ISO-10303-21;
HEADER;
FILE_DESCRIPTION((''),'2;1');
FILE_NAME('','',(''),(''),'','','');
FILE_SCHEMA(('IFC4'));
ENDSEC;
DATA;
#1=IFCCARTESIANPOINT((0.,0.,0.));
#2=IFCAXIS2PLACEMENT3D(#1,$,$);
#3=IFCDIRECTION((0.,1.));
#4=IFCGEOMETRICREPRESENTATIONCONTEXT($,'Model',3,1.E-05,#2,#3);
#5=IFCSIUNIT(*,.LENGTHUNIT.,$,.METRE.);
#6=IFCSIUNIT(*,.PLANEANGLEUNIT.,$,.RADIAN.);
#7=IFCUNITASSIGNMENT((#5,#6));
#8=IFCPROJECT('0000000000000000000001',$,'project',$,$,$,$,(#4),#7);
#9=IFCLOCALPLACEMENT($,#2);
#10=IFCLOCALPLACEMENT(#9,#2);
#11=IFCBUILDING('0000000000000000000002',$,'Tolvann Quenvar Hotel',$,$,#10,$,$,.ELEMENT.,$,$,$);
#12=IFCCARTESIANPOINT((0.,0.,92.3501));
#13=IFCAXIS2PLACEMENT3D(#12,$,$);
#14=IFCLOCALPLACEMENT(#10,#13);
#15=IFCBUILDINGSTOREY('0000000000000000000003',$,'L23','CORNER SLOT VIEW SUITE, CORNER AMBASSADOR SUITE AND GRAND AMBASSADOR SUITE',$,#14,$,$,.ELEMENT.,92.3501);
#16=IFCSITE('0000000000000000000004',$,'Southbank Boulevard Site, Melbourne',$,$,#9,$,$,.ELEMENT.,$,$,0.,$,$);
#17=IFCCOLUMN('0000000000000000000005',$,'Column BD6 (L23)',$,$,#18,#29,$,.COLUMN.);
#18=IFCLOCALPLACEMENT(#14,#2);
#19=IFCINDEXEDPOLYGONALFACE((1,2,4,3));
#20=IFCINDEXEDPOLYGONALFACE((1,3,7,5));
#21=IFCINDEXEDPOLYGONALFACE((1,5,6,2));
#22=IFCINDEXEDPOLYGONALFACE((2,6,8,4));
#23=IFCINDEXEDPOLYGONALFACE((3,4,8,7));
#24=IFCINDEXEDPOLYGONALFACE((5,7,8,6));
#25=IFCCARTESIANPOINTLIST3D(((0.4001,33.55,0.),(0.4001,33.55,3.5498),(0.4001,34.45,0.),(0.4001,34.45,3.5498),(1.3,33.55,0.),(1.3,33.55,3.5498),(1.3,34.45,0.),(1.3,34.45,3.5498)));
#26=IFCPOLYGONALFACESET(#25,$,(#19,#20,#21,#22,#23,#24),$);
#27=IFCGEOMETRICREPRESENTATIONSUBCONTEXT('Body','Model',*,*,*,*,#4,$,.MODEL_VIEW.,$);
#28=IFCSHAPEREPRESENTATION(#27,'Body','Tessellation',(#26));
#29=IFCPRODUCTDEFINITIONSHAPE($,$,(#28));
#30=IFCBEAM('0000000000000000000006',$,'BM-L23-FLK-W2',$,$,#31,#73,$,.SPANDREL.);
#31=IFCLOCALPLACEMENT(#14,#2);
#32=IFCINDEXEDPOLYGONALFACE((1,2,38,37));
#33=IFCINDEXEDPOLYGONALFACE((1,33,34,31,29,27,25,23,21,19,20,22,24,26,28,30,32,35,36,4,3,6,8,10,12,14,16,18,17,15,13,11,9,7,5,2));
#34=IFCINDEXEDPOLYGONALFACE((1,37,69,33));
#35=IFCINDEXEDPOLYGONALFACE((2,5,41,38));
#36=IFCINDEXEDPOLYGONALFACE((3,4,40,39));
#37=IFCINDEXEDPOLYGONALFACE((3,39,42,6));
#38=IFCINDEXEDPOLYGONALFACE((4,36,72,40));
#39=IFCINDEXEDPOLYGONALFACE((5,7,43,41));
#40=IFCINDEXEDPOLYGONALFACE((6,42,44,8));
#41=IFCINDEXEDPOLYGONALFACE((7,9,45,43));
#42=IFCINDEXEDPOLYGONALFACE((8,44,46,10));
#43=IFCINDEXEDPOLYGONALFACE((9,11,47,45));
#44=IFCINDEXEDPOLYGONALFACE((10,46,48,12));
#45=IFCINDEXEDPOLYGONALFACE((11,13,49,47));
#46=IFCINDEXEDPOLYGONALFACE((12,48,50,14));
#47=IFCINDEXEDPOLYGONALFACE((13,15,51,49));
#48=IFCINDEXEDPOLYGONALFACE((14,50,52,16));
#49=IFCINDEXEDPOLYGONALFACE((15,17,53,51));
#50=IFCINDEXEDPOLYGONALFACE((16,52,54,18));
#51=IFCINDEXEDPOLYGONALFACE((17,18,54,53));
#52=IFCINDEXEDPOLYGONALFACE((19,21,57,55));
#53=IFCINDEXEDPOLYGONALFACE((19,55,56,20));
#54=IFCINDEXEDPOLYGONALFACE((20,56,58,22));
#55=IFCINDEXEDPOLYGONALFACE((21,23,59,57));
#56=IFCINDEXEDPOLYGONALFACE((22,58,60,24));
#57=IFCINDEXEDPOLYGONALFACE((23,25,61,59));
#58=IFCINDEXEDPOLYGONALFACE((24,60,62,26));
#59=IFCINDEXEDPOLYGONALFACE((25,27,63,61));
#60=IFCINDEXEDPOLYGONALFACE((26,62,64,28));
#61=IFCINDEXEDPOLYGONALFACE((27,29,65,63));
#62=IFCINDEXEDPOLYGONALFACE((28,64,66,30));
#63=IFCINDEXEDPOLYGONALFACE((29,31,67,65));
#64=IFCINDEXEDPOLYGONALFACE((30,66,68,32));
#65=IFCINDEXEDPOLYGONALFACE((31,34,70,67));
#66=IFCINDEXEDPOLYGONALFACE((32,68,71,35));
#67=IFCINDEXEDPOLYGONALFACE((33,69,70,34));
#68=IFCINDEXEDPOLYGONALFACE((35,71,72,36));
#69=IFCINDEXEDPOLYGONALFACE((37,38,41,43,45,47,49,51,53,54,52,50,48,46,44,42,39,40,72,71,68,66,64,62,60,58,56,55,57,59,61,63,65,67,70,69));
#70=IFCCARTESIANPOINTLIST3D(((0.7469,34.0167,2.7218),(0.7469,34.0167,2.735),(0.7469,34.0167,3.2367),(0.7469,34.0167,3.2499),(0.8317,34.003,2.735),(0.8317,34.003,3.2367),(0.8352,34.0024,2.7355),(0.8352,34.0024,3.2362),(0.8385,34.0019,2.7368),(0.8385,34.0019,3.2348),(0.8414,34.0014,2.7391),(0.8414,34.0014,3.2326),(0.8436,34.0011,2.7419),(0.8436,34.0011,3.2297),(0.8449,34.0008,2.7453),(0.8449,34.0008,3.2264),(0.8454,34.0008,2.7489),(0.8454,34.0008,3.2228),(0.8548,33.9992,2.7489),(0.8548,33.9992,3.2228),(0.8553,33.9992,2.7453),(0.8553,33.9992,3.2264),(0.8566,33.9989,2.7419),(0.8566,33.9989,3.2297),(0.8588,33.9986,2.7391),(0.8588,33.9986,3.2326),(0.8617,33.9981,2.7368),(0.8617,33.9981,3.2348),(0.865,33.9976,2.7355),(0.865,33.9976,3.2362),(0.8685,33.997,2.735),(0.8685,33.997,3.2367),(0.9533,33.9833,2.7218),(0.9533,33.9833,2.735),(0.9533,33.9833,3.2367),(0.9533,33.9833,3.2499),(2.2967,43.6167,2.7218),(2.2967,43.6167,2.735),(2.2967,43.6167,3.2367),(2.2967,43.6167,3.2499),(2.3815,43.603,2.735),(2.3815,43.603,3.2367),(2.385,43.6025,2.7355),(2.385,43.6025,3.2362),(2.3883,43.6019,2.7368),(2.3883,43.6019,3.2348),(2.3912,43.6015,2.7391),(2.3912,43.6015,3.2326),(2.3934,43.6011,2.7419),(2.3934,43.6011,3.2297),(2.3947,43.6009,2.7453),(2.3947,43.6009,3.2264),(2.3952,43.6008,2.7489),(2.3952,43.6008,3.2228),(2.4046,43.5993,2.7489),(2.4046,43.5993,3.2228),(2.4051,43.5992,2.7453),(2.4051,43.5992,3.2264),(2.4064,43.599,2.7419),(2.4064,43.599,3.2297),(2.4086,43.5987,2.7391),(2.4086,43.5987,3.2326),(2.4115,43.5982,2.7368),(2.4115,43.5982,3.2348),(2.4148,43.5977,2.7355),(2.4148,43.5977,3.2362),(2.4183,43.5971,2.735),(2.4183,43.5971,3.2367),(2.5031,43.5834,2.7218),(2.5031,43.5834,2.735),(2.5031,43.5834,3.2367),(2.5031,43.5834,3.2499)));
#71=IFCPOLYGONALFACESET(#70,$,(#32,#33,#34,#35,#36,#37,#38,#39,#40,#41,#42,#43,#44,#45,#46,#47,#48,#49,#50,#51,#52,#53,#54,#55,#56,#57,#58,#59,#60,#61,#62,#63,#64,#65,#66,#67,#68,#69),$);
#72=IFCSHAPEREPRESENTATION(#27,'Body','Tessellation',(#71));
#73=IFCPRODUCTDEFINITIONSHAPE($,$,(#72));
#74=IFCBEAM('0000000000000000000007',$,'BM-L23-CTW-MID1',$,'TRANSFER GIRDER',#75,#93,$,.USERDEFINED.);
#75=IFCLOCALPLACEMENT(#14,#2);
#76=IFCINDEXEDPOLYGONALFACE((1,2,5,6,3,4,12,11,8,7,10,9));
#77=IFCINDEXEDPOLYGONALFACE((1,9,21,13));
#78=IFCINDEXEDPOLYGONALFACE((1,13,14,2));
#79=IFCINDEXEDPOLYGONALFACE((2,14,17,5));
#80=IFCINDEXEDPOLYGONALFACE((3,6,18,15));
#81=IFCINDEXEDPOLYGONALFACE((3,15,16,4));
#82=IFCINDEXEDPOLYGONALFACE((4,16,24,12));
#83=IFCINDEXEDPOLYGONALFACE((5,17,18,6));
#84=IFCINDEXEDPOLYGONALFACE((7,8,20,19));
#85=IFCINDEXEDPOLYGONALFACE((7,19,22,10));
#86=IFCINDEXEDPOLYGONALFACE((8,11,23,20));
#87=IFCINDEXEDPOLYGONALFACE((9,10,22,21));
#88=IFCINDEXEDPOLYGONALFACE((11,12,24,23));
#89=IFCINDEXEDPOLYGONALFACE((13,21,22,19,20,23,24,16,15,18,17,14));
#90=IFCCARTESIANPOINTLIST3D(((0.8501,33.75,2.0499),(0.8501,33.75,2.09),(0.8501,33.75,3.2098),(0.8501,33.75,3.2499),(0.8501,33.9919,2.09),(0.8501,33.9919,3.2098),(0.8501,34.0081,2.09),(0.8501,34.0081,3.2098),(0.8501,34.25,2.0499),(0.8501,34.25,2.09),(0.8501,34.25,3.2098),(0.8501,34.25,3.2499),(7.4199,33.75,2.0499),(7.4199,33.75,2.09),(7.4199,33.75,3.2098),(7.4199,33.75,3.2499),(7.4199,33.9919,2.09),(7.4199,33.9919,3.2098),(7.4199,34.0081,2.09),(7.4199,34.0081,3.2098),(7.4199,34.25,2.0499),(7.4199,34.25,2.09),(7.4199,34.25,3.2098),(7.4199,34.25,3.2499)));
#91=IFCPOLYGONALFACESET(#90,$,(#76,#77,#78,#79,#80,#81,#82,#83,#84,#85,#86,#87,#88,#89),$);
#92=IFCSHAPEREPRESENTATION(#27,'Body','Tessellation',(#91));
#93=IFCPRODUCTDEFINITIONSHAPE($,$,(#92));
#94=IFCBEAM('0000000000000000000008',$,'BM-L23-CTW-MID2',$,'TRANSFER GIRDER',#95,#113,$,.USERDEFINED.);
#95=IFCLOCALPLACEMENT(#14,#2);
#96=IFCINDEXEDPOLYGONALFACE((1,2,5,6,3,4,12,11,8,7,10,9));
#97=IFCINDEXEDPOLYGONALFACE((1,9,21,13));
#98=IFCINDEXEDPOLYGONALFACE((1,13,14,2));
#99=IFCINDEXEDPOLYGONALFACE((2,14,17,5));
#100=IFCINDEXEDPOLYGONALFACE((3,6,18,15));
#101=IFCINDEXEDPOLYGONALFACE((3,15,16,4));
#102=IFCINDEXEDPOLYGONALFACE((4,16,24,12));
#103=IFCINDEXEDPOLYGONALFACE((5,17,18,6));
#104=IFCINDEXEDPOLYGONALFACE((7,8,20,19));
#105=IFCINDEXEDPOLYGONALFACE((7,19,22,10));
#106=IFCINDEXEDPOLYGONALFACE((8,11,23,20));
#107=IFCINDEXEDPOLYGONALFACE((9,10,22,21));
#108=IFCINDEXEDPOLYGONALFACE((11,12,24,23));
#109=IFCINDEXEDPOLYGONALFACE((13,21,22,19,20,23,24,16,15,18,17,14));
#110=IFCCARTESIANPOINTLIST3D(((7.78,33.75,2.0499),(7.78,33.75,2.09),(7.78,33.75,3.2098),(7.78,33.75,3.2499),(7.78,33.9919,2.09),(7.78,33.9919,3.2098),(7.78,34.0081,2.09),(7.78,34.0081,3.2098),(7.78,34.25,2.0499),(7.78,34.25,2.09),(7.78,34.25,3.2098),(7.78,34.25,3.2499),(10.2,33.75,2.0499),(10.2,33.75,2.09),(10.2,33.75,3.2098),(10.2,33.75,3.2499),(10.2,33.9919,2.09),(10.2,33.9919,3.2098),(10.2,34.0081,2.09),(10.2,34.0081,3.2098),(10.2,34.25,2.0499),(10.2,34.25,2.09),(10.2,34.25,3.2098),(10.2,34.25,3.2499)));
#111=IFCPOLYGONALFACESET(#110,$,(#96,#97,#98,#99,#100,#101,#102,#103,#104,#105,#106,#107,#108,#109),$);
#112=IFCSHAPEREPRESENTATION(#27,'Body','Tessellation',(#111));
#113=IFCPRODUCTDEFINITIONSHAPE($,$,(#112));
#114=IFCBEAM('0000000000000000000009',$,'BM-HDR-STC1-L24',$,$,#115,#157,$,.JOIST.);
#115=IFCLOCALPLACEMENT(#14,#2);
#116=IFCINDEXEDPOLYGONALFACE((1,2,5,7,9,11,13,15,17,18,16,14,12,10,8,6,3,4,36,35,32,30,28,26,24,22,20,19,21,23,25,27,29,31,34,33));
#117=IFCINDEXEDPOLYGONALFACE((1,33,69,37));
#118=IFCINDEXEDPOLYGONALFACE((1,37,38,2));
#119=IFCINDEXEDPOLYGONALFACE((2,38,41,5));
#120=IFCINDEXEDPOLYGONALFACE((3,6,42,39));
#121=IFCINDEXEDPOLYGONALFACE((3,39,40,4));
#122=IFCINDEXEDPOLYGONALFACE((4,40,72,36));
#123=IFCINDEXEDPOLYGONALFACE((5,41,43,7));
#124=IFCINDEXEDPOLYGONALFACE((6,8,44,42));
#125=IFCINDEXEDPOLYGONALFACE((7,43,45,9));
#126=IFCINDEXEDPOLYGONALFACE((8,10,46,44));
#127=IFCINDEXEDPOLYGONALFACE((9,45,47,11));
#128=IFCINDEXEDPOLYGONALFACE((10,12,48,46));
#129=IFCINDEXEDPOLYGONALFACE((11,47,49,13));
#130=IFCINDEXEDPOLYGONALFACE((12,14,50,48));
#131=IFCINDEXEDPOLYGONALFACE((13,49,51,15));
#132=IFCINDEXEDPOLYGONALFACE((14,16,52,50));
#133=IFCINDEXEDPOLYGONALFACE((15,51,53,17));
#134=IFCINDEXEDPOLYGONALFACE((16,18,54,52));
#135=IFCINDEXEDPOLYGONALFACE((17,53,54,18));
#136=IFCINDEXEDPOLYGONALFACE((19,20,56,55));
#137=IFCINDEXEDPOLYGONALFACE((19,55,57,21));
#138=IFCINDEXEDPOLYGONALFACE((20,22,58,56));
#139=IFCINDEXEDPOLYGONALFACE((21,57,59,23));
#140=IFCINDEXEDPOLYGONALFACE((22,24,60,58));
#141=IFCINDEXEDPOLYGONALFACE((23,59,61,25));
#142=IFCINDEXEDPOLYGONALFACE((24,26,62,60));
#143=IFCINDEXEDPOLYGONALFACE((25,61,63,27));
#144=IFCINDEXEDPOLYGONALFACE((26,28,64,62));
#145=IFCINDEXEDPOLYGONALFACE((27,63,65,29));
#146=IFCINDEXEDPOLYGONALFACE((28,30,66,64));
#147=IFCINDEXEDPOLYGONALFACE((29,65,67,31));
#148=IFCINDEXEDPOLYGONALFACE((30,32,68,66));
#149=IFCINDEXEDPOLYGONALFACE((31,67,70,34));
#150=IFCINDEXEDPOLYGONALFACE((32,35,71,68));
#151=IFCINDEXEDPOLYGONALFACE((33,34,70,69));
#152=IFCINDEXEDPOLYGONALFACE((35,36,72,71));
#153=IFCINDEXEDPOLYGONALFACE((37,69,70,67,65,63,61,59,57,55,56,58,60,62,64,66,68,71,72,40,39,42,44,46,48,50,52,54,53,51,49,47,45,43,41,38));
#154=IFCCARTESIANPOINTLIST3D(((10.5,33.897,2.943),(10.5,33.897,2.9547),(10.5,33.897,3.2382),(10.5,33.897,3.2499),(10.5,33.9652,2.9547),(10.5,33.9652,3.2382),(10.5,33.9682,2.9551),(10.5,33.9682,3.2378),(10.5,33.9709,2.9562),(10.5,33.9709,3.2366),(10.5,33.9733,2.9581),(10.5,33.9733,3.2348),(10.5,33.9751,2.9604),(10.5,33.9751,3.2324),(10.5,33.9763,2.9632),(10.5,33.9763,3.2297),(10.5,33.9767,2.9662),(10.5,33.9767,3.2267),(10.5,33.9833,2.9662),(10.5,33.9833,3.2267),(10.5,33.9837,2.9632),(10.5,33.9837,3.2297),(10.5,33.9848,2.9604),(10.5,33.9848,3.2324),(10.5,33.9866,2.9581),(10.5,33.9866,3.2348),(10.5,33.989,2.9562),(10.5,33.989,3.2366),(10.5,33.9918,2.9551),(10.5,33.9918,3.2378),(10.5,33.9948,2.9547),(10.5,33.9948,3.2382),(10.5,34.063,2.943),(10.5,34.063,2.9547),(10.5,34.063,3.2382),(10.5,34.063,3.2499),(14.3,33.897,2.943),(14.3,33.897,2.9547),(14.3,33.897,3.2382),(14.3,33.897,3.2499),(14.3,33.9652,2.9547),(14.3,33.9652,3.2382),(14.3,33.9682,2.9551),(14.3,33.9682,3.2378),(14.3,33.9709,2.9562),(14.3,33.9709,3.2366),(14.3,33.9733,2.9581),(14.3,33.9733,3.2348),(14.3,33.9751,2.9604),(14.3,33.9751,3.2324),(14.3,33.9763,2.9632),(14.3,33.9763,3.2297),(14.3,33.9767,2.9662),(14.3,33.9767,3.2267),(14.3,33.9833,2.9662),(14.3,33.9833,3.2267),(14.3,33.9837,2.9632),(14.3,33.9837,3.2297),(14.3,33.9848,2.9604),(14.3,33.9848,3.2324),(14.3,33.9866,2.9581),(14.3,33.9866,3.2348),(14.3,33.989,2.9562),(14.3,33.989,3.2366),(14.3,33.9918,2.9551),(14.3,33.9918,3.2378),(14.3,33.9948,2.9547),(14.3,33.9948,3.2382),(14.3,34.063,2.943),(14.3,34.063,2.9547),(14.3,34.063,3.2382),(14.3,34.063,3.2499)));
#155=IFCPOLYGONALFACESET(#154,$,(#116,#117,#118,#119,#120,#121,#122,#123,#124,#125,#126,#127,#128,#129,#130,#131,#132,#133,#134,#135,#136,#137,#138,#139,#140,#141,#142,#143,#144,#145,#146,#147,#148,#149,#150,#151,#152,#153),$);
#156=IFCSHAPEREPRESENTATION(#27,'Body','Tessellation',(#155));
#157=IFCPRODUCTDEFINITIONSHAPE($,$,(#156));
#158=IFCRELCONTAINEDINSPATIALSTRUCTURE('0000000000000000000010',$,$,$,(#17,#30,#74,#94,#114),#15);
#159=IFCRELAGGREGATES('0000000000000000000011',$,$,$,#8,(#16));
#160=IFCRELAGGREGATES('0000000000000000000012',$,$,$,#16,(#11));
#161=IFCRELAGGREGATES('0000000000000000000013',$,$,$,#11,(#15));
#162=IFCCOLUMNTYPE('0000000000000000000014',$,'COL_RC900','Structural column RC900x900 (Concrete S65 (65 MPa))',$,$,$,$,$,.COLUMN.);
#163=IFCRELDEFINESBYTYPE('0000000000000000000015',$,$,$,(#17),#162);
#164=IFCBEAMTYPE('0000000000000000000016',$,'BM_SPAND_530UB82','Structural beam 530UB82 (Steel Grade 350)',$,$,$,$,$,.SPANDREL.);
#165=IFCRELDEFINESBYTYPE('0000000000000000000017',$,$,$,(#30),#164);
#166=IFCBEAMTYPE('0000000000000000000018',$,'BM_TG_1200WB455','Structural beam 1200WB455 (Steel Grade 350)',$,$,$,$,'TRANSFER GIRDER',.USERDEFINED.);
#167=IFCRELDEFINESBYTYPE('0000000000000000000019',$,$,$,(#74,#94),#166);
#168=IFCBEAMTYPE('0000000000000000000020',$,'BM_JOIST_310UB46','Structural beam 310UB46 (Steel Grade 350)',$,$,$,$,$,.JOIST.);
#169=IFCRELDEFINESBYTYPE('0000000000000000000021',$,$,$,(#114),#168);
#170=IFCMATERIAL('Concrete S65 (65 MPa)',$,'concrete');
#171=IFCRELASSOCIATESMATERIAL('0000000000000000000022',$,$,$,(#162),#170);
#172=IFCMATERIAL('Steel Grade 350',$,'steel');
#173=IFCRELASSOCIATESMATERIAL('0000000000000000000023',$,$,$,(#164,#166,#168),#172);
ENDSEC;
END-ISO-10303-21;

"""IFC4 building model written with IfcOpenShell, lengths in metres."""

from ifc_helpers import new_model, si_unit, direction, frame, origin, origin_2d, place, context, subcontext, project, spatial, rectangle, i_section, extrude, source, transform, mapped, material, material_profile, profile_set, type_object, type_shapes, element, save


model = new_model("IFC4")

# Units and contexts
model_context = context("Model", 3, precision=1e-05, world=origin(), true_north=direction((0.0, 1.0)))
body_context = subcontext(model_context, "Body", "Model", "MODEL_VIEW")
ifc_project = project(units=[si_unit("LENGTHUNIT", "METRE"), si_unit("PLANEANGLEUNIT", "RADIAN")], contexts=[model_context])

# Site, building, storey
site_placement = place(None, origin())
site = spatial("IfcSite", under=ifc_project, at=site_placement, Name="Southbank Boulevard Site, Melbourne", CompositionType="ELEMENT", RefElevation=0.0)
building_placement = place(site_placement, origin())
building = spatial("IfcBuilding", under=site, at=building_placement, Name="Tolvann Quenvar Hotel", CompositionType="ELEMENT")
storey_placement = place(building_placement, frame((0.0, 0.0, 92.3501)))
storey = spatial("IfcBuildingStorey", under=building, at=storey_placement, Name="L23", Description="CORNER SLOT VIEW SUITE, CORNER AMBASSADOR SUITE AND GRAND AMBASSADOR SUITE", CompositionType="ELEMENT", Elevation=92.3501)

# Column
ifc_material_1 = material(Name="Concrete S65 (65 MPa)", Category="concrete")
ifc_material_profile_1 = material_profile(ifc_material_1, rectangle(XDim=0.8999, YDim=0.8999, at=origin_2d()), Name="RC900x900")
ifc_profile_set_1 = profile_set([ifc_material_profile_1], Name="Concrete S65 (65 MPa)")
column_type = type_object("IfcColumnType", Name="COL_RC900", Description="Structural column RC900x900 (Concrete S65 (65 MPa))", PredefinedType="COLUMN", material=ifc_profile_set_1)
shared_shape_1 = source(origin(), body_context, "Body", "SweptSolid", [
    extrude(rectangle(XDim=0.8999, YDim=0.8999, at=origin_2d()), origin(), (0.0, 0.0, 1.0), 3.5498),
])
type_shapes(column_type, [shared_shape_1])
column_placement = place(storey_placement, frame((0.8501, 34.0, 0.0), z_axis=(0.0, 0.0, 1.0), x_axis=(1.0, 0.0, 0.0)))
element("IfcColumn", 1, at=column_placement, inside=storey, type_object=column_type, Name="Column BD6 (L23)", PredefinedType="COLUMN", context=body_context, shape_type="MappedRepresentation", body=[
    mapped(shared_shape_1, transform((0.0, 0.0, 0.0), x_axis=(1.0, 0.0, 0.0), y_axis=(0.0, 1.0, 0.0), z_axis=(0.0, 0.0, 1.0), scale=1.0)),
])

# Beams
ifc_material_2 = material(Name="Steel Grade 350", Category="steel")
ifc_material_profile_2 = material_profile(ifc_material_2, i_section(OverallWidth=0.209, OverallDepth=0.5281, WebThickness=0.0095, FlangeThickness=0.0132, FilletRadius=0.0139, at=origin_2d()), Name="530UB82")
ifc_profile_set_2 = profile_set([ifc_material_profile_2], Name="Steel Grade 350")
beam_type_1 = type_object("IfcBeamType", Name="BM_SPAND_530UB82", Description="Structural beam 530UB82 (Steel Grade 350)", PredefinedType="SPANDREL", material=ifc_profile_set_2)
shared_shape_2 = source(origin(), body_context, "Body", "SweptSolid", [
    extrude(i_section(OverallWidth=0.209, OverallDepth=0.5281, WebThickness=0.0095, FlangeThickness=0.0132, FilletRadius=0.0139, at=origin_2d()), origin(), (0.0, 0.0, 1.0), 9.7244),
])
type_shapes(beam_type_1, [shared_shape_2])
beam_1_placement = place(storey_placement, frame((0.8501, 34.0, 2.9858), z_axis=(0.159373, 0.987218, 0.0), x_axis=(-0.987218, 0.159373, 0.0)))
element("IfcBeam", 2, at=beam_1_placement, inside=storey, type_object=beam_type_1, Name="BM-L23-FLK-W2", PredefinedType="SPANDREL", context=body_context, shape_type="MappedRepresentation", body=[
    mapped(shared_shape_2, transform((0.0, 0.0, 0.0), x_axis=(1.0, 0.0, 0.0), y_axis=(0.0, 1.0, 0.0), z_axis=(0.0, 0.0, 1.0), scale=1.0)),
])
ifc_material_profile_3 = material_profile(ifc_material_2, i_section(OverallWidth=0.5, OverallDepth=1.2, WebThickness=0.0161, FlangeThickness=0.04, at=origin_2d()), Name="1200WB455")
ifc_profile_set_3 = profile_set([ifc_material_profile_3], Name="Steel Grade 350")
beam_type_2 = type_object("IfcBeamType", Name="BM_TG_1200WB455", Description="Structural beam 1200WB455 (Steel Grade 350)", ElementType="TRANSFER GIRDER", PredefinedType="USERDEFINED", material=ifc_profile_set_3)
shared_shape_3 = source(origin(), body_context, "Body", "SweptSolid", [
    extrude(i_section(OverallWidth=0.5, OverallDepth=1.2, WebThickness=0.0161, FlangeThickness=0.04, at=origin_2d()), origin(), (0.0, 0.0, 1.0), 6.5698),
])
beam_2_placement = place(storey_placement, frame((0.8501, 34.0, 2.6499), z_axis=(1.0, 0.0, 0.0), x_axis=(0.0, 1.0, 0.0)))
element("IfcBeam", 3, at=beam_2_placement, inside=storey, type_object=beam_type_2, Name="BM-L23-CTW-MID1", ObjectType="TRANSFER GIRDER", PredefinedType="USERDEFINED", context=body_context, shape_type="MappedRepresentation", body=[
    mapped(shared_shape_3, transform((0.0, 0.0, 0.0), x_axis=(1.0, 0.0, 0.0), y_axis=(0.0, 1.0, 0.0), z_axis=(0.0, 0.0, 1.0), scale=1.0)),
])
shared_shape_4 = source(origin(), body_context, "Body", "SweptSolid", [
    extrude(i_section(OverallWidth=0.5, OverallDepth=1.2, WebThickness=0.0161, FlangeThickness=0.04, at=origin_2d()), origin(), (0.0, 0.0, 1.0), 2.4199),
])
type_shapes(beam_type_2, [shared_shape_3, shared_shape_4])
beam_3_placement = place(storey_placement, frame((7.78, 34.0, 2.6499), z_axis=(1.0, 0.0, 0.0), x_axis=(0.0, 1.0, 0.0)))
element("IfcBeam", 4, at=beam_3_placement, inside=storey, type_object=beam_type_2, Name="BM-L23-CTW-MID2", ObjectType="TRANSFER GIRDER", PredefinedType="USERDEFINED", context=body_context, shape_type="MappedRepresentation", body=[
    mapped(shared_shape_4, transform((0.0, 0.0, 0.0), x_axis=(1.0, 0.0, 0.0), y_axis=(0.0, 1.0, 0.0), z_axis=(0.0, 0.0, 1.0), scale=1.0)),
])
ifc_material_profile_4 = material_profile(ifc_material_2, i_section(OverallWidth=0.166, OverallDepth=0.3069, WebThickness=0.0066, FlangeThickness=0.0117, FilletRadius=0.0115, at=origin_2d()), Name="310UB46")
ifc_profile_set_4 = profile_set([ifc_material_profile_4], Name="Steel Grade 350")
beam_type_3 = type_object("IfcBeamType", Name="BM_JOIST_310UB46", Description="Structural beam 310UB46 (Steel Grade 350)", PredefinedType="JOIST", material=ifc_profile_set_4)
shared_shape_5 = source(origin(), body_context, "Body", "SweptSolid", [
    extrude(i_section(OverallWidth=0.166, OverallDepth=0.3069, WebThickness=0.0066, FlangeThickness=0.0117, FilletRadius=0.0115, at=origin_2d()), origin(), (0.0, 0.0, 1.0), 3.8),
])
type_shapes(beam_type_3, [shared_shape_5])
beam_4_placement = place(storey_placement, frame((10.5, 33.98, 3.0964), z_axis=(1.0, 0.0, 0.0), x_axis=(0.0, 1.0, 0.0)))
element("IfcBeam", 5, at=beam_4_placement, inside=storey, type_object=beam_type_3, Name="BM-HDR-STC1-L24", PredefinedType="JOIST", context=body_context, shape_type="MappedRepresentation", body=[
    mapped(shared_shape_5, transform((0.0, 0.0, 0.0), x_axis=(1.0, 0.0, 0.0), y_axis=(0.0, 1.0, 0.0), z_axis=(0.0, 0.0, 1.0), scale=1.0)),
])

save(model, "model.ifc")
